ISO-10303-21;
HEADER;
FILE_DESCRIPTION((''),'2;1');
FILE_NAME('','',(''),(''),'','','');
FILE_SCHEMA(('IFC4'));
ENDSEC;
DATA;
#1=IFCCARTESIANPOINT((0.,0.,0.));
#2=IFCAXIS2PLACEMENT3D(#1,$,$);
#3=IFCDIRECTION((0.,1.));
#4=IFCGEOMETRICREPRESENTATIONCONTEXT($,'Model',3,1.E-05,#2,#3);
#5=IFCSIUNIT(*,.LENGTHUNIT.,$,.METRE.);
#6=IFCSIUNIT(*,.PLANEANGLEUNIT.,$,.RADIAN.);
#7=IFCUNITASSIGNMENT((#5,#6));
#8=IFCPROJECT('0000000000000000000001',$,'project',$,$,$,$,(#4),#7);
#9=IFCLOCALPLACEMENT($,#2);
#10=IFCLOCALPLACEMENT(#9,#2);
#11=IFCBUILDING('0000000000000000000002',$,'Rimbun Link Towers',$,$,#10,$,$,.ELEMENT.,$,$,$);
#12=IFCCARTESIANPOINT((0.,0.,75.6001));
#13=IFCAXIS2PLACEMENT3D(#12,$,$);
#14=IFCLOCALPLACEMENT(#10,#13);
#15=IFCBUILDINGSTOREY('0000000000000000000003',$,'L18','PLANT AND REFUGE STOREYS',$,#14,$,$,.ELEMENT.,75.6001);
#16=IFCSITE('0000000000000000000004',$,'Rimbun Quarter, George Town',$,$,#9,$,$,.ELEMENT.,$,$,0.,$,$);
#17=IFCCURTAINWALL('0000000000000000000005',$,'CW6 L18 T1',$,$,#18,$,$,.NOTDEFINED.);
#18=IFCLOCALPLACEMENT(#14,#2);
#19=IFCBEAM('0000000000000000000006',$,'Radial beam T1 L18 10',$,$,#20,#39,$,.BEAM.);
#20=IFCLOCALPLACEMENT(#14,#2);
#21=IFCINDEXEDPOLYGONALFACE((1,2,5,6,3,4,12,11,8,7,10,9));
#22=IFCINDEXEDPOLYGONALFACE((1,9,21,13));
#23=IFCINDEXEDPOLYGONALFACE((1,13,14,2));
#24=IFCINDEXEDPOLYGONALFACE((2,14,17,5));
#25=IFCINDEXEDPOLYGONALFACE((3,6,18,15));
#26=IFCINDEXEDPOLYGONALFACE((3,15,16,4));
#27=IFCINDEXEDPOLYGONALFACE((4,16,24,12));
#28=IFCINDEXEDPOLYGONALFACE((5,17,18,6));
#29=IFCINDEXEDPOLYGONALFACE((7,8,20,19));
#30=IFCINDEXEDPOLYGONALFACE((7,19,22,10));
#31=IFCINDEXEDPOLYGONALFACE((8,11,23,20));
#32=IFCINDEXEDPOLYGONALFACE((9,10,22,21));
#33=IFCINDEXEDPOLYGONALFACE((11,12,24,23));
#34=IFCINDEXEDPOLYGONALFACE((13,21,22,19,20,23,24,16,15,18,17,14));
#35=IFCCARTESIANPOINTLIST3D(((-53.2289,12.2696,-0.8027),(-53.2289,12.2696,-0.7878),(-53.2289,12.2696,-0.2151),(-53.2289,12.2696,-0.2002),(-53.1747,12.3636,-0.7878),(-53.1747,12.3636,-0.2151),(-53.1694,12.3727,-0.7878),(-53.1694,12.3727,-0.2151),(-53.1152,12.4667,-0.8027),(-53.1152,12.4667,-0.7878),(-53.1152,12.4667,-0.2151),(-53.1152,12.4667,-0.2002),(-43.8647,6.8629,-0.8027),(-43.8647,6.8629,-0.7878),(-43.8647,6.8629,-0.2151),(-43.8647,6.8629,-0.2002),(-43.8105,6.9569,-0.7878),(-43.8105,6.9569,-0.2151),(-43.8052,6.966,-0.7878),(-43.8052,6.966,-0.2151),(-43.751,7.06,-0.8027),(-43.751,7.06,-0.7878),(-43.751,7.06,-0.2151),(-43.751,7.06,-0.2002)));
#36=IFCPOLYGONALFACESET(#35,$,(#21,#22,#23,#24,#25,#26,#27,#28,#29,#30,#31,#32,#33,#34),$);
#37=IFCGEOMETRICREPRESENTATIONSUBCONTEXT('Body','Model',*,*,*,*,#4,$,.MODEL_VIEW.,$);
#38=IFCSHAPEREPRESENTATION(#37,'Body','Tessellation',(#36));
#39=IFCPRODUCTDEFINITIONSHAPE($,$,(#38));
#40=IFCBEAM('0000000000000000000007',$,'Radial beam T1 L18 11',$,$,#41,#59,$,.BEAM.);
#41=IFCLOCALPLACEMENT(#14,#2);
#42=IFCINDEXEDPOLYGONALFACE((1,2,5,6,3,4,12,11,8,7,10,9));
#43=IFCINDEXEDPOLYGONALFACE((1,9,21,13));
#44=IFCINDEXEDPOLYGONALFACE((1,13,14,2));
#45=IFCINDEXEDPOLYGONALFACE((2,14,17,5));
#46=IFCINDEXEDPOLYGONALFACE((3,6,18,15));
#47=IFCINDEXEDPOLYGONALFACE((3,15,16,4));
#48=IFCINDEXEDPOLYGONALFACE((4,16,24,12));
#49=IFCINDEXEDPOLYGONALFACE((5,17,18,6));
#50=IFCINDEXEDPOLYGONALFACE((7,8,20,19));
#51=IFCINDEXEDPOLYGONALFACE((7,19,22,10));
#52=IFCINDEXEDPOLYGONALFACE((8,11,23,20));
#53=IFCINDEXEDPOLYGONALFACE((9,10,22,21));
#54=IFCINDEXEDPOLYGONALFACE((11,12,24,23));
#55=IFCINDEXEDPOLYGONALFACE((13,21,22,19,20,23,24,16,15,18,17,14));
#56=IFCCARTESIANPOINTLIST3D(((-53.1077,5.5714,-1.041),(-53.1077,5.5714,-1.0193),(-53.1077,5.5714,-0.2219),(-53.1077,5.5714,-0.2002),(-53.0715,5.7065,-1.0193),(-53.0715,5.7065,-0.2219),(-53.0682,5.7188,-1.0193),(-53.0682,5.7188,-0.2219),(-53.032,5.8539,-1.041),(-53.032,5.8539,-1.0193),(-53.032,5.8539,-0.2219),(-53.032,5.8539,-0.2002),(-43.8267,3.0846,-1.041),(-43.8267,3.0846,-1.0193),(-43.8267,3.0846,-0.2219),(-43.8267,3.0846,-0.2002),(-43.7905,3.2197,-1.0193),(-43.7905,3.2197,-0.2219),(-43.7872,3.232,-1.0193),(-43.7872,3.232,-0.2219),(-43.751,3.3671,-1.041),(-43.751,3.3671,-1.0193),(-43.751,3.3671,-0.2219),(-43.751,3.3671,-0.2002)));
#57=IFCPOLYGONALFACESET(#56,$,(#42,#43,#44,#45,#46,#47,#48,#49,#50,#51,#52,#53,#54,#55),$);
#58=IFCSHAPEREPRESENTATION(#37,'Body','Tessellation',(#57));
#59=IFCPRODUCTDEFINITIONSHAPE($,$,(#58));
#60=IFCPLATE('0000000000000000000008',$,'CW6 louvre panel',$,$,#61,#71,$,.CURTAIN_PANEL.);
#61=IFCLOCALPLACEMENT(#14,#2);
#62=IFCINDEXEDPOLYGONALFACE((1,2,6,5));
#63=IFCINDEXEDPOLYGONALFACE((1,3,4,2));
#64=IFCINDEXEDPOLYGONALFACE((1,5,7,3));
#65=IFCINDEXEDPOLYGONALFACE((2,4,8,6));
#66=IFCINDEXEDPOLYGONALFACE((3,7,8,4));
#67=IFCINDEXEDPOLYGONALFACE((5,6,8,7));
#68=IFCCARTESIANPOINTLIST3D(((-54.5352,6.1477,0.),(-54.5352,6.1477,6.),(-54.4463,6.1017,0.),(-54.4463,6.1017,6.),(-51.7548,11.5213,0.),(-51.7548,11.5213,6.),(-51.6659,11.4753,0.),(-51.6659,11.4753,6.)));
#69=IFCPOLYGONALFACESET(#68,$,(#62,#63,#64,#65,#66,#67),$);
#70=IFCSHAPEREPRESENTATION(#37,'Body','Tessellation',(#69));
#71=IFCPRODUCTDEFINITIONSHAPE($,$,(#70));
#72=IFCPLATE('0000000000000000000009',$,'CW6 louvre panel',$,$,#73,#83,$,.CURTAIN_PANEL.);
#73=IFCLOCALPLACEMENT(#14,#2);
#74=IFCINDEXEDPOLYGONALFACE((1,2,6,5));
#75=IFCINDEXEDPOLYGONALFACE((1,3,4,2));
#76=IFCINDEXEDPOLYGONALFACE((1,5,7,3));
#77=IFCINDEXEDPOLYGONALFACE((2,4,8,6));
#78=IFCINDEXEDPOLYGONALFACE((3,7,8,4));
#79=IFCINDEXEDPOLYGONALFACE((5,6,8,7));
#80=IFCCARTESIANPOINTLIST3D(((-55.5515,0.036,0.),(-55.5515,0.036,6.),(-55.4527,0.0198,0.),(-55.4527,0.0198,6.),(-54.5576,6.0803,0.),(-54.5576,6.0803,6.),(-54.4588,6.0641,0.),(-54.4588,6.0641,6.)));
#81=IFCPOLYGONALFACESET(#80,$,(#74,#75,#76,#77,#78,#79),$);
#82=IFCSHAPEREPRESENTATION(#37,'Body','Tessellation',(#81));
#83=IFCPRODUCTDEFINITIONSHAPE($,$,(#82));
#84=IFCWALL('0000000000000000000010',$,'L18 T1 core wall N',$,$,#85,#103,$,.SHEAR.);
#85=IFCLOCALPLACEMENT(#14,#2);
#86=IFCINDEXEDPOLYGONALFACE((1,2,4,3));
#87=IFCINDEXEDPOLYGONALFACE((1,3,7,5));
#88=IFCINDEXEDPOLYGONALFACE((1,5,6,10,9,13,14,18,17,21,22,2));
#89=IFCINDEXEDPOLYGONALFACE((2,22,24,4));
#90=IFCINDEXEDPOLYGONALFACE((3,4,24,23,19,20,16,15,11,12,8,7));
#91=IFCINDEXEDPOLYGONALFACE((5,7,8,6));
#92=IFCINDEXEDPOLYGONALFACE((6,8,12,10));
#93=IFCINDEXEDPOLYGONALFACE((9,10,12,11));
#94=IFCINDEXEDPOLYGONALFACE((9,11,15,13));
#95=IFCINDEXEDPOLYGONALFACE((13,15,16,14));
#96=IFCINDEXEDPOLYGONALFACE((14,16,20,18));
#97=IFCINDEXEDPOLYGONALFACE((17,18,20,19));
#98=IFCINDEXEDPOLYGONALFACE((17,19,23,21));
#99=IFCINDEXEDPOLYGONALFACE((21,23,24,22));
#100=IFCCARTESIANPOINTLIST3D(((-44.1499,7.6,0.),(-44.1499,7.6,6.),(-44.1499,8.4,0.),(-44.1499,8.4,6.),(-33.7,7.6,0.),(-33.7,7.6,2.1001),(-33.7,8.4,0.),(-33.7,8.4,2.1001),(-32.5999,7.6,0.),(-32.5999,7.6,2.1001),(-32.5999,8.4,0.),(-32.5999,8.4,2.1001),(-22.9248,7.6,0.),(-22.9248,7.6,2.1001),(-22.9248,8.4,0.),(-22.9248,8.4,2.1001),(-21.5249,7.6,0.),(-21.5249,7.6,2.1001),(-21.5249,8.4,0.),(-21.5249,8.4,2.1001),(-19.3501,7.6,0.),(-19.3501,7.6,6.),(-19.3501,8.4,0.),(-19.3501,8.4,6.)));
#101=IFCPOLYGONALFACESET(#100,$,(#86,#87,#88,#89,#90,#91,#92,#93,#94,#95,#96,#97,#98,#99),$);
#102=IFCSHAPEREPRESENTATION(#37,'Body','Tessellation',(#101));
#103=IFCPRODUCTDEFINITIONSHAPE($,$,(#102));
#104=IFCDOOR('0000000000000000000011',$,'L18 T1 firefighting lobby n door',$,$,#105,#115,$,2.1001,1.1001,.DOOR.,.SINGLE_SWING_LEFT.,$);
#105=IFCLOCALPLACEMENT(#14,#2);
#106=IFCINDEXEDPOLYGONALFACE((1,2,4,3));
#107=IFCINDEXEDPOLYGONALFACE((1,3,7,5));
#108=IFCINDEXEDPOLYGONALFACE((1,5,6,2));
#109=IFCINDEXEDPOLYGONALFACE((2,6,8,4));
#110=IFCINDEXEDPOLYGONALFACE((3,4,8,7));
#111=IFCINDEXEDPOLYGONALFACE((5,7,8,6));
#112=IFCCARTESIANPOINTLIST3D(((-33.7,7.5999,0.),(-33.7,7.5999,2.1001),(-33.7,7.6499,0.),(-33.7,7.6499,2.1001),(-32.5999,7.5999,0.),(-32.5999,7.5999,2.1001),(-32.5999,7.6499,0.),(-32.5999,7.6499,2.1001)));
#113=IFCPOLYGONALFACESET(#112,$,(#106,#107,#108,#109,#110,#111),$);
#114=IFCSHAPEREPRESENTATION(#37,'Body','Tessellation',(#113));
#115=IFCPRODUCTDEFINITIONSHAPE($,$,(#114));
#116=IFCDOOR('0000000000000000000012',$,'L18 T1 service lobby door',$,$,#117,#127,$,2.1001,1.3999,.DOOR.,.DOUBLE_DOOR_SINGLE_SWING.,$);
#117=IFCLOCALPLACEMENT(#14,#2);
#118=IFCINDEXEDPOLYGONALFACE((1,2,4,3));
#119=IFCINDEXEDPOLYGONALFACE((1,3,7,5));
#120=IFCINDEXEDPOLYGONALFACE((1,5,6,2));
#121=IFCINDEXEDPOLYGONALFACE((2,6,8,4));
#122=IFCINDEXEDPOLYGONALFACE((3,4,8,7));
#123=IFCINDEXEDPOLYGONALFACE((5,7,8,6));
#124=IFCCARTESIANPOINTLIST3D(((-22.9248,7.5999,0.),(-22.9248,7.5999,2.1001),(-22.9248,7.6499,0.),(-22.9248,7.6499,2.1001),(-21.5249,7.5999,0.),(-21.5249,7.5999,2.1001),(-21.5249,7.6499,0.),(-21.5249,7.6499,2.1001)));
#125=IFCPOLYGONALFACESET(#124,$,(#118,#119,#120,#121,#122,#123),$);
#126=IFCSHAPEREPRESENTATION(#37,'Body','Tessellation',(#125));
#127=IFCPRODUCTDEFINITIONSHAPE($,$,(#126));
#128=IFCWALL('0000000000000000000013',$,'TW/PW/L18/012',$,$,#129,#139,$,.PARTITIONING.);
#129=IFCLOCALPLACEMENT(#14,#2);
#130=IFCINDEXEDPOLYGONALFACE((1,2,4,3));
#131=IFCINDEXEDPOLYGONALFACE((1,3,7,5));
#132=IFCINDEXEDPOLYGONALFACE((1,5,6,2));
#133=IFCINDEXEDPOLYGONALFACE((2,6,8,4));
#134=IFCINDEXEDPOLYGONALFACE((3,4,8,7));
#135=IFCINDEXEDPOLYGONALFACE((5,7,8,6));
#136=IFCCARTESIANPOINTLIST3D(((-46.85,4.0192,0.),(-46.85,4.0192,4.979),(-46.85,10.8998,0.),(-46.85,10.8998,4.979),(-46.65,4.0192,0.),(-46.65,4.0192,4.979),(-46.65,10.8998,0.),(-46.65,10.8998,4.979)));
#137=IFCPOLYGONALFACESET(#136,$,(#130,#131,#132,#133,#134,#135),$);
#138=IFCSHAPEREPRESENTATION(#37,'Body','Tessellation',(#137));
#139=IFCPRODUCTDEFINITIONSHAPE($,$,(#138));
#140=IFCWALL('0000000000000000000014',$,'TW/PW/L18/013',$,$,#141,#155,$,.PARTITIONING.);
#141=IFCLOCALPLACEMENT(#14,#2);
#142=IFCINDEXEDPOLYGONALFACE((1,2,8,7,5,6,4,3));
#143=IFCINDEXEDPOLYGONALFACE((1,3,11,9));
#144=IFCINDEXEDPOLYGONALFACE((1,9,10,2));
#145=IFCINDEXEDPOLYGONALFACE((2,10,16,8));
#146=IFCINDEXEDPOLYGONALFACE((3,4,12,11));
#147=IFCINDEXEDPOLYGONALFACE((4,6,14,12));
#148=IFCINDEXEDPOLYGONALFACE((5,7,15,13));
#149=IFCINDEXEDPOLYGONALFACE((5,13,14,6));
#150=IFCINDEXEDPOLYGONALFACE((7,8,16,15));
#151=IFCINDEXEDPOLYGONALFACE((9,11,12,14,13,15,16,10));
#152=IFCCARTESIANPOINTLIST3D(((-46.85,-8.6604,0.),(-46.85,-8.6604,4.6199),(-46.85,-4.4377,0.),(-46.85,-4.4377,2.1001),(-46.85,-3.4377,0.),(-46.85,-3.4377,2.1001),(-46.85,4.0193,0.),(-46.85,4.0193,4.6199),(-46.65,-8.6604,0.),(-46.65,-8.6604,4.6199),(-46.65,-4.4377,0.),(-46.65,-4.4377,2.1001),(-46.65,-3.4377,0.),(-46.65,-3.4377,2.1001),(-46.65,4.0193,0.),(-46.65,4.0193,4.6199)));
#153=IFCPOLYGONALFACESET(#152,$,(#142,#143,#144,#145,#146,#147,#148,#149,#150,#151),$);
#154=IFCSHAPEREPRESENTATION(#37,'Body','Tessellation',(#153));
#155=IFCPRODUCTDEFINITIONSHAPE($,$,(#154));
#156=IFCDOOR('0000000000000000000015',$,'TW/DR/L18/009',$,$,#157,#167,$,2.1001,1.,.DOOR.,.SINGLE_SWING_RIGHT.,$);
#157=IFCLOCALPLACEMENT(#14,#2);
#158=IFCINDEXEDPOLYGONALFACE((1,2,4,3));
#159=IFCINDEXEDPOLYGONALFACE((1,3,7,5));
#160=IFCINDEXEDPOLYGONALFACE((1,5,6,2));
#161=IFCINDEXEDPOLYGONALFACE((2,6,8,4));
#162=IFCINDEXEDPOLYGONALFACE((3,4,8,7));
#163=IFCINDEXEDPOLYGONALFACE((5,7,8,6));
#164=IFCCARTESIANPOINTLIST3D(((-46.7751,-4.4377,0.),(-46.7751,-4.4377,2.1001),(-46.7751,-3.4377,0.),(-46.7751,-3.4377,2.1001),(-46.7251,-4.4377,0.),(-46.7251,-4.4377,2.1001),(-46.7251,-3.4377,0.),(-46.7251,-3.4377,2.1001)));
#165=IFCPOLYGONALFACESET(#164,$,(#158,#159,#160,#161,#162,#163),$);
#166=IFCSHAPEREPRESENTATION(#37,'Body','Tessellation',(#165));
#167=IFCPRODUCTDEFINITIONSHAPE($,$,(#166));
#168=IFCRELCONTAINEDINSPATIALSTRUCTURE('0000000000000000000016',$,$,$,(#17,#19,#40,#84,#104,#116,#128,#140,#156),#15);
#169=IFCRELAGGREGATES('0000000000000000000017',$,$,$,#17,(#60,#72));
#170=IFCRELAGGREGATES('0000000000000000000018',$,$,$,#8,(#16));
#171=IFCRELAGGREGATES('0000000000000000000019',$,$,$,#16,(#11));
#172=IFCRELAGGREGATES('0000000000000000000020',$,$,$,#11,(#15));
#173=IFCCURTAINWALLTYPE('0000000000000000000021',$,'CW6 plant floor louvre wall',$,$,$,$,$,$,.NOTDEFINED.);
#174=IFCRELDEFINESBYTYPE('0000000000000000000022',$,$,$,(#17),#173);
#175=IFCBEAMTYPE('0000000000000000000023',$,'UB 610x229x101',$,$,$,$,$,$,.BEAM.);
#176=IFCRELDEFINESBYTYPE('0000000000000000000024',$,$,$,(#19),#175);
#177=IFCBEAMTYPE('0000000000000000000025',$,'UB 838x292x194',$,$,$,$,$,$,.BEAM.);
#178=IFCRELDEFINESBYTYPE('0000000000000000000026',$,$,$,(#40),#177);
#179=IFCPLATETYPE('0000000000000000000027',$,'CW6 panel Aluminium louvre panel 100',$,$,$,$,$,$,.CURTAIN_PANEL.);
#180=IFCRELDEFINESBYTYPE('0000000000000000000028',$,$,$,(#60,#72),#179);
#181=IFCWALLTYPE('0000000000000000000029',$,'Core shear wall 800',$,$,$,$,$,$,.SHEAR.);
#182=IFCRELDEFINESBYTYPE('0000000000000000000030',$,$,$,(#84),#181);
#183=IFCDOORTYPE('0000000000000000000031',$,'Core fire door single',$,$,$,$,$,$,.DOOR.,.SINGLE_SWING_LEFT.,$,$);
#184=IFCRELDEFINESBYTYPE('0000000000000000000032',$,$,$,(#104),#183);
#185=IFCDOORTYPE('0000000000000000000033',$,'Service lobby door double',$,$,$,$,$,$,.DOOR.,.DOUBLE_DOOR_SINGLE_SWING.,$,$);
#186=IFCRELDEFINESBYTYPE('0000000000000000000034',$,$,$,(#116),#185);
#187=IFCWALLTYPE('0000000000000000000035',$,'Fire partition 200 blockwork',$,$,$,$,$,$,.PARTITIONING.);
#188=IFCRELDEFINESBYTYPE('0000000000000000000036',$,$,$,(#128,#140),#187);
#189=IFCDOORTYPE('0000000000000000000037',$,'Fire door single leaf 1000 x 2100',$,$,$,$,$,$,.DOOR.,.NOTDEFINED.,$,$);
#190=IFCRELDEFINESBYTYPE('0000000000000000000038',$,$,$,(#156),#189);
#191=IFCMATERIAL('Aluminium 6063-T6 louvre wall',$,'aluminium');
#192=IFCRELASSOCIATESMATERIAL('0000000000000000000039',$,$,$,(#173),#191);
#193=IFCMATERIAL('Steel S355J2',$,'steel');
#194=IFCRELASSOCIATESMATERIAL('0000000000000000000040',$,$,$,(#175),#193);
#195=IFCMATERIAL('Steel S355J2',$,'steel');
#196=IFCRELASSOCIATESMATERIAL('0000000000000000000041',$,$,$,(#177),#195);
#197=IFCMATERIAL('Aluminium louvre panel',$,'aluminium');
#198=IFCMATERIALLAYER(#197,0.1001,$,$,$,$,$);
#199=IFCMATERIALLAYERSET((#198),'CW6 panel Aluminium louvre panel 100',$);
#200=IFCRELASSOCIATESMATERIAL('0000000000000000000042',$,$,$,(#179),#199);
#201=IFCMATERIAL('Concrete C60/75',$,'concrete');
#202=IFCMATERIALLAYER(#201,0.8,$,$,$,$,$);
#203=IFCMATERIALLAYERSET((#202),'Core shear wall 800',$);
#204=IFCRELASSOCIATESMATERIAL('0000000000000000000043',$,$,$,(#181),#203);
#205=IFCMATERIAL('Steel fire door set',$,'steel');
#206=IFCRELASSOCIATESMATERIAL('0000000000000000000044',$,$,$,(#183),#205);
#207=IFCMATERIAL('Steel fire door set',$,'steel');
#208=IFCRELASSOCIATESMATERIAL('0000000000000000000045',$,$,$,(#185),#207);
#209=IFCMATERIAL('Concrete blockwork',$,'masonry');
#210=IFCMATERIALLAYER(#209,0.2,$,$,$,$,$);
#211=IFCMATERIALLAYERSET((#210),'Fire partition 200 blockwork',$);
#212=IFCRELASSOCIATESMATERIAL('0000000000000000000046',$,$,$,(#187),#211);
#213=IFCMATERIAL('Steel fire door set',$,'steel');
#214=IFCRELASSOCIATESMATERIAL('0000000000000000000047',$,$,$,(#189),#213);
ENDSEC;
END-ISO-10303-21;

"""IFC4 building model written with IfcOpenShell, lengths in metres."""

from ifc_helpers import new_model, si_unit, direction, frame, frame_2d, origin, origin_2d, place, context, subcontext, project, spatial, rectangle, i_section, extrude, material, layer, layer_set, material_profile, profile_set, type_object, element, fill, aggregate, save


model = new_model("IFC4")

# Units and contexts
model_context = context("Model", 3, precision=1e-05, world=origin(), true_north=direction((0.0, 1.0)))
body_context = subcontext(model_context, "Body", "Model", "MODEL_VIEW")
ifc_project = project(units=[si_unit("LENGTHUNIT", "METRE"), si_unit("PLANEANGLEUNIT", "RADIAN")], contexts=[model_context])

# Site, building, storey
site_placement = place(None, origin())
site = spatial("IfcSite", under=ifc_project, at=site_placement, Name="Rimbun Quarter, George Town", CompositionType="ELEMENT", RefElevation=0.0)
building_placement = place(site_placement, origin())
building = spatial("IfcBuilding", under=site, at=building_placement, Name="Rimbun Link Towers", CompositionType="ELEMENT")
storey_placement = place(building_placement, frame((0.0, 0.0, 75.6001)))
storey = spatial("IfcBuildingStorey", under=building, at=storey_placement, Name="L18", Description="PLANT AND REFUGE STOREYS", CompositionType="ELEMENT", Elevation=75.6001)

# Curtain wall
ifc_material_1 = material(Name="Aluminium 6063-T6 louvre wall", Category="aluminium")
curtain_wall_type = type_object("IfcCurtainWallType", Name="CW6 plant floor louvre wall", PredefinedType="NOTDEFINED", material=ifc_material_1)
curtain_wall_placement = place(storey_placement, origin())
curtain_wall = element("IfcCurtainWall", 1, at=curtain_wall_placement, inside=storey, type_object=curtain_wall_type, Name="CW6 L18 T1", PredefinedType="NOTDEFINED")

# Beams
ifc_material_2 = material(Name="Steel S355J2", Category="steel")
ifc_material_profile_1 = material_profile(ifc_material_2, i_section(OverallWidth=0.2275, OverallDepth=0.6025, WebThickness=0.0105, FlangeThickness=0.0149, at=origin_2d()), Name="UB 610x229x101")
ifc_profile_set_1 = profile_set([ifc_material_profile_1], Name="Steel S355J2")
beam_type_1 = type_object("IfcBeamType", Name="UB 610x229x101", PredefinedType="BEAM", material=ifc_profile_set_1)
beam_1_placement = place(storey_placement, frame((-43.8079, 6.9614, -0.5015), z_axis=(-0.866014, 0.50002, 0.0), x_axis=(-0.50002, -0.866014, 0.0)))
element("IfcBeam", 2, at=beam_1_placement, inside=storey, type_object=beam_type_1, Name="Radial beam T1 L18 10", PredefinedType="BEAM", context=body_context, shape_type="SweptSolid", body=[
    extrude(i_section(OverallWidth=0.2275, OverallDepth=0.6025, WebThickness=0.0105, FlangeThickness=0.0149, at=origin_2d()), origin(), (0.0, 0.0, 1.0), 10.813),
])
ifc_material_3 = material(Name="Steel S355J2", Category="steel")
ifc_material_profile_2 = material_profile(ifc_material_3, i_section(OverallWidth=0.2925, OverallDepth=0.8408, WebThickness=0.0127, FlangeThickness=0.0217, at=origin_2d()), Name="UB 838x292x194")
ifc_profile_set_2 = profile_set([ifc_material_profile_2], Name="Steel S355J2")
beam_type_2 = type_object("IfcBeamType", Name="UB 838x292x194", PredefinedType="BEAM", material=ifc_profile_set_2)
beam_2_placement = place(storey_placement, frame((-43.7888, 3.2258, -0.6206), z_axis=(-0.965926, 0.258817, 0.0), x_axis=(-0.258817, -0.965926, 0.0)))
element("IfcBeam", 3, at=beam_2_placement, inside=storey, type_object=beam_type_2, Name="Radial beam T1 L18 11", PredefinedType="BEAM", context=body_context, shape_type="SweptSolid", body=[
    extrude(i_section(OverallWidth=0.2925, OverallDepth=0.8408, WebThickness=0.0127, FlangeThickness=0.0217, at=origin_2d()), origin(), (0.0, 0.0, 1.0), 9.6084),
])

# Plates
ifc_material_4 = material(Name="Aluminium louvre panel", Category="aluminium")
ifc_layer_1 = layer(ifc_material_4, 0.1001)
ifc_layer_set_1 = layer_set([ifc_layer_1], Name="CW6 panel Aluminium louvre panel 100")
plate_type = type_object("IfcPlateType", Name="CW6 panel Aluminium louvre panel 100", PredefinedType="CURTAIN_PANEL", material=ifc_layer_set_1)
plate_1_placement = place(storey_placement, frame((-53.1006, 8.8115, 0.0), z_axis=(0.0, 0.0, 1.0), x_axis=(0.459544, 0.888155, 0.0)))
plate_1 = element("IfcPlate", 4, at=plate_1_placement, type_object=plate_type, Name="CW6 louvre panel", PredefinedType="CURTAIN_PANEL", context=body_context, shape_type="SweptSolid", body=[
    extrude(rectangle(XDim=6.0503, YDim=0.1001, at=origin_2d()), origin(), (0.0, 0.0, 1.0), 6.0),
])
plate_2_placement = place(storey_placement, frame((-55.0051, 3.05, 0.0), z_axis=(0.0, 0.0, 1.0), x_axis=(0.162255, 0.986749, 0.0)))
plate_2 = element("IfcPlate", 5, at=plate_2_placement, type_object=plate_type, Name="CW6 louvre panel", PredefinedType="CURTAIN_PANEL", context=body_context, shape_type="SweptSolid", body=[
    extrude(rectangle(XDim=6.1255, YDim=0.1001, at=origin_2d()), origin(), (0.0, 0.0, 1.0), 6.0),
])
aggregate(curtain_wall, [plate_1, plate_2])

# Wall, openings, doors
ifc_material_5 = material(Name="Concrete C60/75", Category="concrete")
ifc_layer_2 = layer(ifc_material_5, 0.8)
ifc_layer_set_2 = layer_set([ifc_layer_2], Name="Core shear wall 800")
wall_type_1 = type_object("IfcWallType", Name="Core shear wall 800", PredefinedType="SHEAR", material=ifc_layer_set_2)
wall_1_placement = place(storey_placement, frame((-44.1499, 8.0, 0.0), z_axis=(0.0, 0.0, 1.0), x_axis=(1.0, 0.0, 0.0)))
wall_1 = element("IfcWall", 6, at=wall_1_placement, inside=storey, type_object=wall_type_1, Name="L18 T1 core wall N", PredefinedType="SHEAR", context=body_context, shape_type="SweptSolid", body=[
    extrude(rectangle(XDim=24.7998, YDim=0.8, at=frame_2d((12.3999, 0.0))), origin(), (0.0, 0.0, 1.0), 6.0),
])
opening_1_placement = place(wall_1_placement, frame((10.45, 0.0, 0.0)))
opening_1 = element("IfcOpeningElement", 7, at=opening_1_placement, cuts=wall_1, PredefinedType="OPENING", context=body_context, shape_type="SweptSolid", body=[
    extrude(rectangle(XDim=1.1001, YDim=2.1001, at=frame_2d((0.55, 1.05))), frame((0.0, 0.4099, 0.0), z_axis=(0.0, -1.0, 0.0), x_axis=(1.0, 0.0, 0.0)), (0.0, 0.0, 1.0), 0.8201),
])
opening_2_placement = place(wall_1_placement, frame((21.2251, 0.0, 0.0)))
opening_2 = element("IfcOpeningElement", 8, at=opening_2_placement, cuts=wall_1, PredefinedType="OPENING", context=body_context, shape_type="SweptSolid", body=[
    extrude(rectangle(XDim=1.3999, YDim=2.1001, at=frame_2d((0.7, 1.05))), frame((0.0, 0.4099, 0.0), z_axis=(0.0, -1.0, 0.0), x_axis=(1.0, 0.0, 0.0)), (0.0, 0.0, 1.0), 0.8201),
])
ifc_material_6 = material(Name="Steel fire door set", Category="steel")
door_type_1 = type_object("IfcDoorType", Name="Core fire door single", OperationType="SINGLE_SWING_LEFT", PredefinedType="DOOR", material=ifc_material_6)
door_1_placement = place(opening_1_placement, origin())
door_1 = element("IfcDoor", 9, at=door_1_placement, inside=storey, type_object=door_type_1, Name="L18 T1 firefighting lobby n door", OperationType="SINGLE_SWING_LEFT", OverallHeight=2.1001, OverallWidth=1.1001, PredefinedType="DOOR", context=body_context, shape_type="SweptSolid", body=[
    extrude(rectangle(XDim=1.1001, YDim=2.1001, at=frame_2d((0.55, 1.05))), frame((0.0, -0.3501, 0.0), z_axis=(0.0, -1.0, 0.0), x_axis=(1.0, 0.0, 0.0)), (0.0, 0.0, 1.0), 0.05),
])
fill(opening_1, door_1)
ifc_material_7 = material(Name="Steel fire door set", Category="steel")
door_type_2 = type_object("IfcDoorType", Name="Service lobby door double", OperationType="DOUBLE_DOOR_SINGLE_SWING", PredefinedType="DOOR", material=ifc_material_7)
door_2_placement = place(opening_2_placement, origin())
door_2 = element("IfcDoor", 10, at=door_2_placement, inside=storey, type_object=door_type_2, Name="L18 T1 service lobby door", OperationType="DOUBLE_DOOR_SINGLE_SWING", OverallHeight=2.1001, OverallWidth=1.3999, PredefinedType="DOOR", context=body_context, shape_type="SweptSolid", body=[
    extrude(rectangle(XDim=1.3999, YDim=2.1001, at=frame_2d((0.7, 1.05))), frame((0.0, -0.3501, 0.0), z_axis=(0.0, -1.0, 0.0), x_axis=(1.0, 0.0, 0.0)), (0.0, 0.0, 1.0), 0.05),
])
fill(opening_2, door_2)

# Wall
ifc_material_8 = material(Name="Concrete blockwork", Category="masonry")
ifc_layer_3 = layer(ifc_material_8, 0.2)
ifc_layer_set_3 = layer_set([ifc_layer_3], Name="Fire partition 200 blockwork")
wall_type_2 = type_object("IfcWallType", Name="Fire partition 200 blockwork", PredefinedType="PARTITIONING", material=ifc_layer_set_3)
wall_2_placement = place(storey_placement, frame((-46.75, 10.8999, 0.0), z_axis=(0.0, 0.0, 1.0), x_axis=(0.0, -1.0, 0.0)))
element("IfcWall", 11, at=wall_2_placement, inside=storey, type_object=wall_type_2, Name="TW/PW/L18/012", PredefinedType="PARTITIONING", context=body_context, shape_type="SweptSolid", body=[
    extrude(rectangle(XDim=6.8806, YDim=0.2, at=frame_2d((3.4404, 0.0))), origin(), (0.0, 0.0, 1.0), 4.979),
])

# Wall, opening, door
wall_3_placement = place(storey_placement, frame((-46.75, 4.0193, 0.0), z_axis=(0.0, 0.0, 1.0), x_axis=(0.0, -1.0, 0.0)))
wall_3 = element("IfcWall", 12, at=wall_3_placement, inside=storey, type_object=wall_type_2, Name="TW/PW/L18/013", PredefinedType="PARTITIONING", context=body_context, shape_type="SweptSolid", body=[
    extrude(rectangle(XDim=12.6797, YDim=0.2, at=frame_2d((6.3398, 0.0))), origin(), (0.0, 0.0, 1.0), 4.6199),
])
opening_3_placement = place(wall_3_placement, frame((7.457, 0.0, 0.0)))
opening_3 = element("IfcOpeningElement", 13, at=opening_3_placement, cuts=wall_3, PredefinedType="OPENING", context=body_context, shape_type="SweptSolid", body=[
    extrude(rectangle(XDim=1.0, YDim=2.1001, at=frame_2d((0.5, 1.05))), frame((0.0, 0.1099, 0.0), z_axis=(0.0, -1.0, 0.0), x_axis=(1.0, 0.0, 0.0)), (0.0, 0.0, 1.0), 0.22),
])
ifc_material_9 = material(Name="Steel fire door set", Category="steel")
door_type_3 = type_object("IfcDoorType", Name="Fire door single leaf 1000 x 2100", OperationType="NOTDEFINED", PredefinedType="DOOR", material=ifc_material_9)
door_3_placement = place(opening_3_placement, origin())
door_3 = element("IfcDoor", 14, at=door_3_placement, inside=storey, type_object=door_type_3, Name="TW/DR/L18/009", OperationType="SINGLE_SWING_RIGHT", OverallHeight=2.1001, OverallWidth=1.0, PredefinedType="DOOR", context=body_context, shape_type="SweptSolid", body=[
    extrude(rectangle(XDim=1.0, YDim=2.1001, at=frame_2d((0.5, 1.05))), frame((0.0, 0.0249, 0.0), z_axis=(0.0, -1.0, 0.0), x_axis=(1.0, 0.0, 0.0)), (0.0, 0.0, 1.0), 0.05),
])
fill(opening_3, door_3)

save(model, "model.ifc")
